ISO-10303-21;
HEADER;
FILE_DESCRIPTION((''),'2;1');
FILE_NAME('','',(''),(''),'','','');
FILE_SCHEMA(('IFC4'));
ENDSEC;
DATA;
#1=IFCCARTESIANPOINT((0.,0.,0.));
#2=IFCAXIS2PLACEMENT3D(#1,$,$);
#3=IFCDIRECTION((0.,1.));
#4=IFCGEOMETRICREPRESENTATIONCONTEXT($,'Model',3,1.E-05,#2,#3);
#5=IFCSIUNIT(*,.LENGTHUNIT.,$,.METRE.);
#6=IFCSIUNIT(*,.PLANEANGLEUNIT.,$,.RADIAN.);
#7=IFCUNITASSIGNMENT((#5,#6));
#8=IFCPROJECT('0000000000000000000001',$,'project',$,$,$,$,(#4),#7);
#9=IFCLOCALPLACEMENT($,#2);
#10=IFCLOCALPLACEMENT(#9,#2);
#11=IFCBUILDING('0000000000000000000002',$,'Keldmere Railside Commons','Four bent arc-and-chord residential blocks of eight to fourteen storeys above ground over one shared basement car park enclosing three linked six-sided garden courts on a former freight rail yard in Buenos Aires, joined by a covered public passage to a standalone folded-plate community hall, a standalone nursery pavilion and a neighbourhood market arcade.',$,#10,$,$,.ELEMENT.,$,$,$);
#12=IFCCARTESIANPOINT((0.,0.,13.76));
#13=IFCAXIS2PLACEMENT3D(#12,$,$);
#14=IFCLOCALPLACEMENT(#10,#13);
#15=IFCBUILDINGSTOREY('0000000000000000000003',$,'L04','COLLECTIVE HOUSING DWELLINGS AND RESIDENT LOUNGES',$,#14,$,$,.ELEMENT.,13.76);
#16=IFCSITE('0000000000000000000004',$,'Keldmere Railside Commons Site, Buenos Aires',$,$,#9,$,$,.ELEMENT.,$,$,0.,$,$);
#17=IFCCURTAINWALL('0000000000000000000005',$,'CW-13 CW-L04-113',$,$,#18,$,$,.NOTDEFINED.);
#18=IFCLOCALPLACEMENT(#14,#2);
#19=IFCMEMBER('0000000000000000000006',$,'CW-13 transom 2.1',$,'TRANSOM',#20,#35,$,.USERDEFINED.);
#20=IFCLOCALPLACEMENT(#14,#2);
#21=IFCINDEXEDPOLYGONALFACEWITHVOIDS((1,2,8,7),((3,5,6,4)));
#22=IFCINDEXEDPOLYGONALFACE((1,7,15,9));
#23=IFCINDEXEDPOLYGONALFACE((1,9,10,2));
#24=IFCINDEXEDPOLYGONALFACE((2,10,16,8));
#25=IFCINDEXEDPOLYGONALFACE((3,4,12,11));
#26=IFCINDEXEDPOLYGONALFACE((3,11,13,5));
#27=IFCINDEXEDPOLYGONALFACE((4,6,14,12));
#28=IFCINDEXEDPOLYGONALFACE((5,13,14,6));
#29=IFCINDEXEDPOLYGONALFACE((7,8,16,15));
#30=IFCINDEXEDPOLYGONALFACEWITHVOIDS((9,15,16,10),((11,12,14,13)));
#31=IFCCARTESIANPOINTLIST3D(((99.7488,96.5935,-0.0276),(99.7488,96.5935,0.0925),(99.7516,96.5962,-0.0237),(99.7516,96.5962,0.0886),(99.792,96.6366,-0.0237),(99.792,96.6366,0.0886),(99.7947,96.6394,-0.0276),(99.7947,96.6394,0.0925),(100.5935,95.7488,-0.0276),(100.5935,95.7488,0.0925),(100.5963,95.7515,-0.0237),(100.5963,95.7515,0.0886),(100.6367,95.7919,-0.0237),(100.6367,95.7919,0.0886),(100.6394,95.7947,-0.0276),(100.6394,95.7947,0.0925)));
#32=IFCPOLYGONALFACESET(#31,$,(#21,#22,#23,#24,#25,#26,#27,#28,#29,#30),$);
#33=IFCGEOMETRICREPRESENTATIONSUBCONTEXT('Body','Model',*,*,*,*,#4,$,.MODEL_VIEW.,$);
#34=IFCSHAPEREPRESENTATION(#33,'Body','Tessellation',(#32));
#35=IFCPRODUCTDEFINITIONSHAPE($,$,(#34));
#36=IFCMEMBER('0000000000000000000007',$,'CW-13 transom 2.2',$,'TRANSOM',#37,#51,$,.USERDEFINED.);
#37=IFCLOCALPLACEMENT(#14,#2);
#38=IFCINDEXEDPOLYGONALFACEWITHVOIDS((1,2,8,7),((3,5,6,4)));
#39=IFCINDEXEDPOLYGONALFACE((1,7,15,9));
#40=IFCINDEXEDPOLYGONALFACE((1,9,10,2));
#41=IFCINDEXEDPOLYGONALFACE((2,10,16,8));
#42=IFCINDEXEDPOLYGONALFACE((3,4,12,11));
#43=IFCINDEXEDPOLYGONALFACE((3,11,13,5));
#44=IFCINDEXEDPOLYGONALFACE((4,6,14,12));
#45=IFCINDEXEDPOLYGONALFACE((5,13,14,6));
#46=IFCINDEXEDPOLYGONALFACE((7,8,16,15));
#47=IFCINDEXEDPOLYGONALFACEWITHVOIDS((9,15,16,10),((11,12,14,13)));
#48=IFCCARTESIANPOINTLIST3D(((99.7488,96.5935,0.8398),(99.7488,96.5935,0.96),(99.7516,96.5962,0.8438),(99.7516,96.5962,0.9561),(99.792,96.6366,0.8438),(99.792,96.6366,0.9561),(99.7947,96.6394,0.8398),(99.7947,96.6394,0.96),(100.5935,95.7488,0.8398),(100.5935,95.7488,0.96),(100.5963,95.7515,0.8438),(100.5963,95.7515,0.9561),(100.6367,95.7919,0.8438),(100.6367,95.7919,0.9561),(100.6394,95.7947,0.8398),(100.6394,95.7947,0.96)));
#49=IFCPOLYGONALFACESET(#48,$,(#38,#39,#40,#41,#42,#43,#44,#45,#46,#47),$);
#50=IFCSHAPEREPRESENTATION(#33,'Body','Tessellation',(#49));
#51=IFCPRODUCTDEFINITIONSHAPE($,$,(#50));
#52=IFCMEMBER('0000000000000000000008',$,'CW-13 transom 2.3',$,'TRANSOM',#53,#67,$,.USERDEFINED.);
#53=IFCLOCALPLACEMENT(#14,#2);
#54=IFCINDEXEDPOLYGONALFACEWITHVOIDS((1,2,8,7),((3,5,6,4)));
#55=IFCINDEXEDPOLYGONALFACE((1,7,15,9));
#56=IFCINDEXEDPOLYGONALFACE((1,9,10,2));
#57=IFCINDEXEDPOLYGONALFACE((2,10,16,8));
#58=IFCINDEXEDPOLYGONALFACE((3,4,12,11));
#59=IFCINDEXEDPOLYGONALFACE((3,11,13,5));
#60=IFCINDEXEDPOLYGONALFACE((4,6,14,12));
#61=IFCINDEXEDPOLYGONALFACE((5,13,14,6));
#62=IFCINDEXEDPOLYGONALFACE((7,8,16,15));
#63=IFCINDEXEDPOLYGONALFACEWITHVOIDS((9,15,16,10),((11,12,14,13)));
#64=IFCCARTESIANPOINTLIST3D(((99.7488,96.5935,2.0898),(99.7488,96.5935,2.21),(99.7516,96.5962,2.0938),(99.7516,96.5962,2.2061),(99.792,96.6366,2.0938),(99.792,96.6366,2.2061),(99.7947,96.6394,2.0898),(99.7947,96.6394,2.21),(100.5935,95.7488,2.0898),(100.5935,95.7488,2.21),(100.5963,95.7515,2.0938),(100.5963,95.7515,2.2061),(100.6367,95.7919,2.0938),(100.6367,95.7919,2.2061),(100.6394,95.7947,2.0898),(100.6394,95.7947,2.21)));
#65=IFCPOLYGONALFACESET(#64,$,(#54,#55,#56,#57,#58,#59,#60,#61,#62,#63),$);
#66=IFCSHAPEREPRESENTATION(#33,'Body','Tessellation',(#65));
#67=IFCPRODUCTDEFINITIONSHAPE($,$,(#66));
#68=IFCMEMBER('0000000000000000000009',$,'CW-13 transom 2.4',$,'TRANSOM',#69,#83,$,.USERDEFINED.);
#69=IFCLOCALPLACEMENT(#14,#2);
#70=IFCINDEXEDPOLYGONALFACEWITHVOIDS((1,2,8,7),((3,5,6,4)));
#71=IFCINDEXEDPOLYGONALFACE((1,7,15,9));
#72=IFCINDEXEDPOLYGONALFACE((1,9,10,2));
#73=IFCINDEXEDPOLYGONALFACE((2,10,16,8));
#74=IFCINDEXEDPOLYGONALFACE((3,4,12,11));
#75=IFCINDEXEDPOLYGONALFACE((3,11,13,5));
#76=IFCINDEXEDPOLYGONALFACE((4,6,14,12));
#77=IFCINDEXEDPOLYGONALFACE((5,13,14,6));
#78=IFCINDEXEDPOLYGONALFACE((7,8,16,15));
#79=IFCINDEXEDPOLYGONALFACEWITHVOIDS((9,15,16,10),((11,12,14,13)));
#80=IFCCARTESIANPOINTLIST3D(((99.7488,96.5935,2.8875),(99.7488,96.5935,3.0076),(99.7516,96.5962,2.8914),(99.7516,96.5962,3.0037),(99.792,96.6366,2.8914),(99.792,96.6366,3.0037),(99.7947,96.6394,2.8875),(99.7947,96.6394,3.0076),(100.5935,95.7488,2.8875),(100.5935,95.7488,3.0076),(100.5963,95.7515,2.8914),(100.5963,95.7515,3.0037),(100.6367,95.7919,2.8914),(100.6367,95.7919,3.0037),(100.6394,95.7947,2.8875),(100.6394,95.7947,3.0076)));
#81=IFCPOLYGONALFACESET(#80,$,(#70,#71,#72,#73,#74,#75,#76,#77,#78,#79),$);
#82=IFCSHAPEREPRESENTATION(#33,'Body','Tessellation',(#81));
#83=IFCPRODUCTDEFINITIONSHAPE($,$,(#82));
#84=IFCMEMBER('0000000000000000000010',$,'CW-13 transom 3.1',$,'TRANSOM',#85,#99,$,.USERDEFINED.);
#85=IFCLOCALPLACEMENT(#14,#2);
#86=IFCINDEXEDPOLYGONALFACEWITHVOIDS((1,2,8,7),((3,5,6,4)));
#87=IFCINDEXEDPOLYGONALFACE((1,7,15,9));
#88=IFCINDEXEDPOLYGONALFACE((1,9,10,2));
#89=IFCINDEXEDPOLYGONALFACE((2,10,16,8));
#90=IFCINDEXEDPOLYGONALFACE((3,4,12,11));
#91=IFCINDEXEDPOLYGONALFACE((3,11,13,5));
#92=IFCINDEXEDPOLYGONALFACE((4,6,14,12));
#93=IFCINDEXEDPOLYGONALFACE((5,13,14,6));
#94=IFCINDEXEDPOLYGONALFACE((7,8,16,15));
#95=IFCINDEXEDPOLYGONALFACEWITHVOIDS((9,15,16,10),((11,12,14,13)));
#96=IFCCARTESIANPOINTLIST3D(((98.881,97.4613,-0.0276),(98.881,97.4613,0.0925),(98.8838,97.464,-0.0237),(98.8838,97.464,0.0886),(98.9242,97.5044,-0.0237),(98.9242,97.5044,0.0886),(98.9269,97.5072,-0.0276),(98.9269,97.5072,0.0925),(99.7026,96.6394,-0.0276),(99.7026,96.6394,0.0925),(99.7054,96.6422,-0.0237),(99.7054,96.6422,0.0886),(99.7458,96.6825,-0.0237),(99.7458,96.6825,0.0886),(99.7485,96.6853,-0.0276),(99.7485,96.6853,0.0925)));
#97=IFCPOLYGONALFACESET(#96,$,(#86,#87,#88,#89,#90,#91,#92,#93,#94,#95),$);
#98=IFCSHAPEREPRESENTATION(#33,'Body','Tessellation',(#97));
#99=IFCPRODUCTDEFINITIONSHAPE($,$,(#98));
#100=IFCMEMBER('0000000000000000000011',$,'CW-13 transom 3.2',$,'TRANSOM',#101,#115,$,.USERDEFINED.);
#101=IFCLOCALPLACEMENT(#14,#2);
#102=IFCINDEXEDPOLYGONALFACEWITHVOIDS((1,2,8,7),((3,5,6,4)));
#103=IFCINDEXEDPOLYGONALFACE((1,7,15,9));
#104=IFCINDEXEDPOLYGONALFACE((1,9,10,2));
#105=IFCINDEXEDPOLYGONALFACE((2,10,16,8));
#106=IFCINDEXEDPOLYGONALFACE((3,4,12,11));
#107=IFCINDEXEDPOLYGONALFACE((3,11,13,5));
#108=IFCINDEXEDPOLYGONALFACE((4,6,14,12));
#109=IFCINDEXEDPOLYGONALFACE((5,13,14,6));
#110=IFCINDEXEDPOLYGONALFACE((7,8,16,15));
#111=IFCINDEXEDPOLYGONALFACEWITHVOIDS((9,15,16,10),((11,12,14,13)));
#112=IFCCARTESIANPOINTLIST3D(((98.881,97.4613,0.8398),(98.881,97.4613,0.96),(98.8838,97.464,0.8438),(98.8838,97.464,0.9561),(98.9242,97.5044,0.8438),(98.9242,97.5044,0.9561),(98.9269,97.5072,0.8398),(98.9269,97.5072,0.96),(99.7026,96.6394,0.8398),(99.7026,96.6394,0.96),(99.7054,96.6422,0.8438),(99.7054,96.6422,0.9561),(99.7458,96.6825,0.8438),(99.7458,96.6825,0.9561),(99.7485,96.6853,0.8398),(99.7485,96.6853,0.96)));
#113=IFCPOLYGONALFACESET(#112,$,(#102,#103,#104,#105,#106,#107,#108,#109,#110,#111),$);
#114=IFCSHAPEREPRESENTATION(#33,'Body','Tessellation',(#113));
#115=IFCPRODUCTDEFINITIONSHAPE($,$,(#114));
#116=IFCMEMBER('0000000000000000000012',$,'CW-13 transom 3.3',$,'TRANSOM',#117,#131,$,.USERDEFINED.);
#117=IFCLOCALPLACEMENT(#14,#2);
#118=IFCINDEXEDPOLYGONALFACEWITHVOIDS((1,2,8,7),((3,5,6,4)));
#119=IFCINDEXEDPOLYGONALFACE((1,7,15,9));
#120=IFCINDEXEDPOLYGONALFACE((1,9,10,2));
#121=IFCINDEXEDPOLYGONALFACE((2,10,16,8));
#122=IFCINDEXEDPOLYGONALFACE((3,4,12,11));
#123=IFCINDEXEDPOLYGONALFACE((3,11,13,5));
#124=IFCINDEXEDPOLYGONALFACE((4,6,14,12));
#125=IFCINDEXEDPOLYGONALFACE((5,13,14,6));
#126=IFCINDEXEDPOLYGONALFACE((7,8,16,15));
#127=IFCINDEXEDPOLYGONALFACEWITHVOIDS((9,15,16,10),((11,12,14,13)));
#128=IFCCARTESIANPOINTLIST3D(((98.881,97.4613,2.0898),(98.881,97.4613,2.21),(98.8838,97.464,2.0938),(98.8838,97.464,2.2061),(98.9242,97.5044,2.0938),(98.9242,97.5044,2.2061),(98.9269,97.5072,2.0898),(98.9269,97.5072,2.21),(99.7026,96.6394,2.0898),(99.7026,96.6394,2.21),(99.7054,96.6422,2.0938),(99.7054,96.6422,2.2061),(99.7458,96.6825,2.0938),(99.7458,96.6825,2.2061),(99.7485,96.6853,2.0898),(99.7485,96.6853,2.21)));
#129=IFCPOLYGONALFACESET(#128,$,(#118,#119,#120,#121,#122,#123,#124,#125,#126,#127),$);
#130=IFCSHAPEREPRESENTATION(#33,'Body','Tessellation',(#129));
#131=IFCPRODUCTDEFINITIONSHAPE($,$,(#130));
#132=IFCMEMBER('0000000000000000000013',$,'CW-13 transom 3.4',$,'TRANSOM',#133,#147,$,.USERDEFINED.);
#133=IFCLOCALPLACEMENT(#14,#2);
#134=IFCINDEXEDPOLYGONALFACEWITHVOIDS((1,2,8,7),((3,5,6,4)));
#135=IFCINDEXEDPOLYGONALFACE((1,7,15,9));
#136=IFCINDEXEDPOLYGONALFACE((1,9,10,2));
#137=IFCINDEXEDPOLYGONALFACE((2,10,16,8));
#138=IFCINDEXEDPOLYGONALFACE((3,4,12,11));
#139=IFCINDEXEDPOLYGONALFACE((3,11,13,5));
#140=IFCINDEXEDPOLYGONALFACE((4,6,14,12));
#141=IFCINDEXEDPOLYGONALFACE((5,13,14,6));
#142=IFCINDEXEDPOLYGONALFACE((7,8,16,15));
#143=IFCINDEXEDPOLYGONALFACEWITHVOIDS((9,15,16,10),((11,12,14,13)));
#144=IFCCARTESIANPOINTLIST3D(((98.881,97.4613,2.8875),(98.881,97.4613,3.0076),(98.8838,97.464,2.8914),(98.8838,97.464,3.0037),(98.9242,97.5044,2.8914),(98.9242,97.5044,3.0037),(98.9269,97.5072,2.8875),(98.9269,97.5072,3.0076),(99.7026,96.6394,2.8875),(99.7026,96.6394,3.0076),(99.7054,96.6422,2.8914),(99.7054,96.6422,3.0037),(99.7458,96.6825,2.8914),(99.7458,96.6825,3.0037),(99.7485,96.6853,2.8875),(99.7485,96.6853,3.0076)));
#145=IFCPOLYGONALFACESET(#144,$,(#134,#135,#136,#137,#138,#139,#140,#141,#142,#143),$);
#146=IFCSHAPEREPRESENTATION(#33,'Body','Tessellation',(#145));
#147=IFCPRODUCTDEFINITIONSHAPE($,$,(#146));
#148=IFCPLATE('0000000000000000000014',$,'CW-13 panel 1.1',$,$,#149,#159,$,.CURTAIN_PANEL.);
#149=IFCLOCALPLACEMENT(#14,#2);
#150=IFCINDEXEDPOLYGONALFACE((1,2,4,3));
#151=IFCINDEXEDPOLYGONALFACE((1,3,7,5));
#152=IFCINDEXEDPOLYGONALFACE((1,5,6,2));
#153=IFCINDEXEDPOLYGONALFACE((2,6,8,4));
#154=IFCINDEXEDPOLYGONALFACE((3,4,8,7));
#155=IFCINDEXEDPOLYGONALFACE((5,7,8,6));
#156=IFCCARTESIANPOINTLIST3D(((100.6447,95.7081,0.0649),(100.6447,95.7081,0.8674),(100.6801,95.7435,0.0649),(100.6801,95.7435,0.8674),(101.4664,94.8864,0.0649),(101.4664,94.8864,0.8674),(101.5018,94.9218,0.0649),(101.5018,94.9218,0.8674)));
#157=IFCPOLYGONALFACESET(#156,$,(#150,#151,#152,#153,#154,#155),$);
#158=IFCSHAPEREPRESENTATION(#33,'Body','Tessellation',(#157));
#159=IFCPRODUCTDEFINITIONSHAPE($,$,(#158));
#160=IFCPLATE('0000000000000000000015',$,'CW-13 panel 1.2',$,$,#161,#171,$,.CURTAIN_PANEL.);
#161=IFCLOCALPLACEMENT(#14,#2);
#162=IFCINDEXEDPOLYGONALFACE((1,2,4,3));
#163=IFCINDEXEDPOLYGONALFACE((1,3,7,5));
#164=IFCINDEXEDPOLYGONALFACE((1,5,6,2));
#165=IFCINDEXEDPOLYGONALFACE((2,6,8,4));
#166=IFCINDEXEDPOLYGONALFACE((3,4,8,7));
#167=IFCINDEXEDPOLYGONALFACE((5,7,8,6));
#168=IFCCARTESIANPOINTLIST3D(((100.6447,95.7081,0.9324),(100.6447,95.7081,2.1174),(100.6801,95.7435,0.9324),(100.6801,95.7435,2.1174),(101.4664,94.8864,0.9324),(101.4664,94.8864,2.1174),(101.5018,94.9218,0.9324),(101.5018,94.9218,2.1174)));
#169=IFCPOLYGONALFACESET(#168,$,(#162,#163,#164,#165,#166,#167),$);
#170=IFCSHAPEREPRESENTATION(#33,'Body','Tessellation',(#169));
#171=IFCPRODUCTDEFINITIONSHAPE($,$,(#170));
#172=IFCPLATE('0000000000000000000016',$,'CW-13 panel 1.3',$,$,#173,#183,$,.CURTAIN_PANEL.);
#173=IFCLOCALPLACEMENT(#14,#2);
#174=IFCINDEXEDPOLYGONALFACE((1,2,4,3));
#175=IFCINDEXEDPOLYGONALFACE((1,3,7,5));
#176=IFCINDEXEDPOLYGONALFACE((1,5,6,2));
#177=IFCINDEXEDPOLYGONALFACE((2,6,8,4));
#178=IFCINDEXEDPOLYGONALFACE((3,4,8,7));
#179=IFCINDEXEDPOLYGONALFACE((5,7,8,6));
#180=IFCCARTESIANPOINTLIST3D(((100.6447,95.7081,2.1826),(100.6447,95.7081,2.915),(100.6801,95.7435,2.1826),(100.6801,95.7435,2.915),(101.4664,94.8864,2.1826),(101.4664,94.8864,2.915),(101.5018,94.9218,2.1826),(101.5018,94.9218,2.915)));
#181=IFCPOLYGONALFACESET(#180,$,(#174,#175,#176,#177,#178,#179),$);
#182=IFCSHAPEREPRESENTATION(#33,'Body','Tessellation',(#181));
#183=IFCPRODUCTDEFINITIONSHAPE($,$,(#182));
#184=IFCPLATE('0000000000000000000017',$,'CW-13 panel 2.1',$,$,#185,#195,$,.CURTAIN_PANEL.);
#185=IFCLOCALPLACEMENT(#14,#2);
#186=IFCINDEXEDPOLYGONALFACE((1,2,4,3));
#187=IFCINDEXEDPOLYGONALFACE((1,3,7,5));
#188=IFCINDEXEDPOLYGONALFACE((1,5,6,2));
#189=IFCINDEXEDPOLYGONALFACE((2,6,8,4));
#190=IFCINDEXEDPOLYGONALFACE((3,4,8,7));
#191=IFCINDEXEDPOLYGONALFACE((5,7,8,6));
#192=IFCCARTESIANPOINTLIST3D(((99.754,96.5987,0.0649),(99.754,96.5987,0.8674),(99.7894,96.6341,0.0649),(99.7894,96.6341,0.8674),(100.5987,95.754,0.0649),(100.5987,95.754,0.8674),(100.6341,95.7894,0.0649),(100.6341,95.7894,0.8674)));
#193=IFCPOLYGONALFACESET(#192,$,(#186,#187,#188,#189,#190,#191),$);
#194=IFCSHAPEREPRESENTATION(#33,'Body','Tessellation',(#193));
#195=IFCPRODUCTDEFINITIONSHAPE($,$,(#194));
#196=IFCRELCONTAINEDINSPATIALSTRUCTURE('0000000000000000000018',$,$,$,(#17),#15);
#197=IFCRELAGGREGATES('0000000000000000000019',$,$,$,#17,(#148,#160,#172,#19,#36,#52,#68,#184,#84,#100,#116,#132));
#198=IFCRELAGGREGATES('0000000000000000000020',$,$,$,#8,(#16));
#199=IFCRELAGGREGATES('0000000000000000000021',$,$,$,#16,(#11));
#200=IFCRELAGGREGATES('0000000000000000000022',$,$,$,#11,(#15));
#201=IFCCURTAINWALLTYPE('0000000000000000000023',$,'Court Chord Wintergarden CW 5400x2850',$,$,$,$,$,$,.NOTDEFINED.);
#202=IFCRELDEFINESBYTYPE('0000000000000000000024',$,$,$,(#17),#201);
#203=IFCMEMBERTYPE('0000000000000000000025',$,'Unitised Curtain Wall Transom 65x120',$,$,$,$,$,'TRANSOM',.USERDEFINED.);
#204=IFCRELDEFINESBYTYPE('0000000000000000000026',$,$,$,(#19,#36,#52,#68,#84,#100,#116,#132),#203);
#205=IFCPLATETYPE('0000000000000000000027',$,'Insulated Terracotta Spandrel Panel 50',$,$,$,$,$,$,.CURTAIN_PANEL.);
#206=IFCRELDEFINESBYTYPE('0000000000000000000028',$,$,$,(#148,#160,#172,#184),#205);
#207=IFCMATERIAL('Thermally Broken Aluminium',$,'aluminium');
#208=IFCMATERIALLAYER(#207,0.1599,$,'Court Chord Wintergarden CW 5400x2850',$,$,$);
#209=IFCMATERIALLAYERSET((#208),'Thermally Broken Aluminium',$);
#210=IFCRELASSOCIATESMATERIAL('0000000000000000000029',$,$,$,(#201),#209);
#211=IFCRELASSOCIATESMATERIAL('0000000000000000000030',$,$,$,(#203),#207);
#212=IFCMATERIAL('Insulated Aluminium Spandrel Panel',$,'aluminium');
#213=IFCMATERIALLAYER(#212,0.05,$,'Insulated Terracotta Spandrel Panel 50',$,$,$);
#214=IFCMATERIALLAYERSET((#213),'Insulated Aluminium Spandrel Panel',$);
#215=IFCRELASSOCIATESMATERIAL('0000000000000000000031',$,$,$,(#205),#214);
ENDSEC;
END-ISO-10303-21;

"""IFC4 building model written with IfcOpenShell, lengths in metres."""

from ifc_helpers import new_model, si_unit, direction, frame, origin, origin_2d, place, context, subcontext, project, spatial, rectangle, hollow_rectangle, extrude, material, layer, layer_set, material_profile, profile_set, type_object, element, aggregate, save


model = new_model("IFC4")

# Units and contexts
model_context = context("Model", 3, precision=1e-05, world=origin(), true_north=direction((0.0, 1.0)))
body_context = subcontext(model_context, "Body", "Model", "MODEL_VIEW")
ifc_project = project(units=[si_unit("LENGTHUNIT", "METRE"), si_unit("PLANEANGLEUNIT", "RADIAN")], contexts=[model_context])

# Site, building, storey
site_placement = place(None, origin())
site = spatial("IfcSite", under=ifc_project, at=site_placement, Name="Keldmere Railside Commons Site, Buenos Aires", CompositionType="ELEMENT", RefElevation=0.0)
building_placement = place(site_placement, origin())
building = spatial("IfcBuilding", under=site, at=building_placement, Name="Keldmere Railside Commons", Description="Four bent arc-and-chord residential blocks of eight to fourteen storeys above ground over one shared basement car park enclosing three linked six-sided garden courts on a former freight rail yard in Buenos Aires, joined by a covered public passage to a standalone folded-plate community hall, a standalone nursery pavilion and a neighbourhood market arcade.", CompositionType="ELEMENT")
storey_placement = place(building_placement, frame((0.0, 0.0, 13.76)))
storey = spatial("IfcBuildingStorey", under=building, at=storey_placement, Name="L04", Description="COLLECTIVE HOUSING DWELLINGS AND RESIDENT LOUNGES", CompositionType="ELEMENT", Elevation=13.76)

# Shared definitions
ifc_material_1 = material(Name="Thermally Broken Aluminium", Category="aluminium")

# Curtain wall
ifc_layer_1 = layer(ifc_material_1, 0.1599, Name="Court Chord Wintergarden CW 5400x2850")
ifc_layer_set_1 = layer_set([ifc_layer_1], Name="Thermally Broken Aluminium")
curtain_wall_type_1 = type_object("IfcCurtainWallType", Name="Court Chord Wintergarden CW 5400x2850", PredefinedType="NOTDEFINED", material=ifc_layer_set_1)
curtain_wall_1_placement = place(storey_placement, origin())
curtain_wall_1 = element("IfcCurtainWall", 1, at=curtain_wall_1_placement, inside=storey, type_object=curtain_wall_type_1, Name="CW-13 CW-L04-113", PredefinedType="NOTDEFINED")

# Members
ifc_material_profile_1 = material_profile(ifc_material_1, hollow_rectangle(XDim=0.0649, YDim=0.1201, WallThickness=0.0039, at=origin_2d()), Name="ALU-TRAN-65x120")
ifc_profile_set_1 = profile_set([ifc_material_profile_1], Name="Thermally Broken Aluminium")
member_type_1 = type_object("IfcMemberType", Name="Unitised Curtain Wall Transom 65x120", ElementType="TRANSOM", PredefinedType="USERDEFINED", material=ifc_profile_set_1)
member_1_placement = place(storey_placement, frame((100.6165, 95.7717, 0.0325), z_axis=(-0.707107, 0.707107, 0.0), x_axis=(-0.707107, -0.707107, 0.0)))
member_1 = element("IfcMember", 2, at=member_1_placement, type_object=member_type_1, Name="CW-13 transom 2.1", ObjectType="TRANSOM", PredefinedType="USERDEFINED", context=body_context, shape_type="SweptSolid", body=[
    extrude(hollow_rectangle(XDim=0.0649, YDim=0.1201, WallThickness=0.0039, at=origin_2d()), origin(), (0.0, 0.0, 1.0), 1.1946),
])
member_2_placement = place(storey_placement, frame((100.6165, 95.7717, 0.8999), z_axis=(-0.707107, 0.707107, 0.0), x_axis=(-0.707107, -0.707107, 0.0)))
member_2 = element("IfcMember", 3, at=member_2_placement, type_object=member_type_1, Name="CW-13 transom 2.2", ObjectType="TRANSOM", PredefinedType="USERDEFINED", context=body_context, shape_type="SweptSolid", body=[
    extrude(hollow_rectangle(XDim=0.0649, YDim=0.1201, WallThickness=0.0039, at=origin_2d()), origin(), (0.0, 0.0, 1.0), 1.1946),
])
member_3_placement = place(storey_placement, frame((100.6165, 95.7717, 2.1499), z_axis=(-0.707107, 0.707107, 0.0), x_axis=(-0.707107, -0.707107, 0.0)))
member_3 = element("IfcMember", 4, at=member_3_placement, type_object=member_type_1, Name="CW-13 transom 2.3", ObjectType="TRANSOM", PredefinedType="USERDEFINED", context=body_context, shape_type="SweptSolid", body=[
    extrude(hollow_rectangle(XDim=0.0649, YDim=0.1201, WallThickness=0.0039, at=origin_2d()), origin(), (0.0, 0.0, 1.0), 1.1946),
])
member_4_placement = place(storey_placement, frame((100.6165, 95.7717, 2.9475), z_axis=(-0.707107, 0.707107, 0.0), x_axis=(-0.707107, -0.707107, 0.0)))
member_4 = element("IfcMember", 5, at=member_4_placement, type_object=member_type_1, Name="CW-13 transom 2.4", ObjectType="TRANSOM", PredefinedType="USERDEFINED", context=body_context, shape_type="SweptSolid", body=[
    extrude(hollow_rectangle(XDim=0.0649, YDim=0.1201, WallThickness=0.0039, at=origin_2d()), origin(), (0.0, 0.0, 1.0), 1.1946),
])
member_5_placement = place(storey_placement, frame((99.7256, 96.6624, 0.0325), z_axis=(-0.707002, 0.707212, 0.0), x_axis=(-0.707212, -0.707002, 0.0)))
member_5 = element("IfcMember", 6, at=member_5_placement, type_object=member_type_1, Name="CW-13 transom 3.1", ObjectType="TRANSOM", PredefinedType="USERDEFINED", context=body_context, shape_type="SweptSolid", body=[
    extrude(hollow_rectangle(XDim=0.0649, YDim=0.1201, WallThickness=0.0039, at=origin_2d()), origin(), (0.0, 0.0, 1.0), 1.1621),
])
member_6_placement = place(storey_placement, frame((99.7256, 96.6624, 0.8999), z_axis=(-0.707002, 0.707212, 0.0), x_axis=(-0.707212, -0.707002, 0.0)))
member_6 = element("IfcMember", 7, at=member_6_placement, type_object=member_type_1, Name="CW-13 transom 3.2", ObjectType="TRANSOM", PredefinedType="USERDEFINED", context=body_context, shape_type="SweptSolid", body=[
    extrude(hollow_rectangle(XDim=0.0649, YDim=0.1201, WallThickness=0.0039, at=origin_2d()), origin(), (0.0, 0.0, 1.0), 1.1621),
])
member_7_placement = place(storey_placement, frame((99.7256, 96.6624, 2.1499), z_axis=(-0.707002, 0.707212, 0.0), x_axis=(-0.707212, -0.707002, 0.0)))
member_7 = element("IfcMember", 8, at=member_7_placement, type_object=member_type_1, Name="CW-13 transom 3.3", ObjectType="TRANSOM", PredefinedType="USERDEFINED", context=body_context, shape_type="SweptSolid", body=[
    extrude(hollow_rectangle(XDim=0.0649, YDim=0.1201, WallThickness=0.0039, at=origin_2d()), origin(), (0.0, 0.0, 1.0), 1.1621),
])
member_8_placement = place(storey_placement, frame((99.7256, 96.6624, 2.9475), z_axis=(-0.707002, 0.707212, 0.0), x_axis=(-0.707212, -0.707002, 0.0)))
member_8 = element("IfcMember", 9, at=member_8_placement, type_object=member_type_1, Name="CW-13 transom 3.4", ObjectType="TRANSOM", PredefinedType="USERDEFINED", context=body_context, shape_type="SweptSolid", body=[
    extrude(hollow_rectangle(XDim=0.0649, YDim=0.1201, WallThickness=0.0039, at=origin_2d()), origin(), (0.0, 0.0, 1.0), 1.1621),
])

# Plates
ifc_material_2 = material(Name="Insulated Aluminium Spandrel Panel", Category="aluminium")
ifc_layer_2 = layer(ifc_material_2, 0.05, Name="Insulated Terracotta Spandrel Panel 50")
ifc_layer_set_2 = layer_set([ifc_layer_2], Name="Insulated Aluminium Spandrel Panel")
plate_type = type_object("IfcPlateType", Name="Insulated Terracotta Spandrel Panel 50", PredefinedType="CURTAIN_PANEL", material=ifc_layer_set_2)
plate_1_placement = place(storey_placement, frame((101.0732, 95.3149, 0.0649), z_axis=(0.0, 0.0, 1.0), x_axis=(-0.707107, 0.707107, 0.0)))
plate_1 = element("IfcPlate", 10, at=plate_1_placement, type_object=plate_type, Name="CW-13 panel 1.1", PredefinedType="CURTAIN_PANEL", context=body_context, shape_type="SweptSolid", body=[
    extrude(rectangle(XDim=1.1621, YDim=0.05, at=origin_2d()), origin(), (0.0, 0.0, 1.0), 0.8025),
])
plate_2_placement = place(storey_placement, frame((101.0732, 95.3149, 0.9324), z_axis=(0.0, 0.0, 1.0), x_axis=(-0.707107, 0.707107, 0.0)))
plate_2 = element("IfcPlate", 11, at=plate_2_placement, type_object=plate_type, Name="CW-13 panel 1.2", PredefinedType="CURTAIN_PANEL", context=body_context, shape_type="SweptSolid", body=[
    extrude(rectangle(XDim=1.1621, YDim=0.05, at=origin_2d()), origin(), (0.0, 0.0, 1.0), 1.1851),
])
plate_3_placement = place(storey_placement, frame((101.0732, 95.3149, 2.1826), z_axis=(0.0, 0.0, 1.0), x_axis=(-0.707107, 0.707107, 0.0)))
plate_3 = element("IfcPlate", 12, at=plate_3_placement, type_object=plate_type, Name="CW-13 panel 1.3", PredefinedType="CURTAIN_PANEL", context=body_context, shape_type="SweptSolid", body=[
    extrude(rectangle(XDim=1.1621, YDim=0.05, at=origin_2d()), origin(), (0.0, 0.0, 1.0), 0.7324),
])
plate_4_placement = place(storey_placement, frame((100.1941, 96.1941, 0.0649), z_axis=(0.0, 0.0, 1.0), x_axis=(-0.707107, 0.707107, 0.0)))
plate_4 = element("IfcPlate", 13, at=plate_4_placement, type_object=plate_type, Name="CW-13 panel 2.1", PredefinedType="CURTAIN_PANEL", context=body_context, shape_type="SweptSolid", body=[
    extrude(rectangle(XDim=1.1946, YDim=0.05, at=origin_2d()), origin(), (0.0, 0.0, 1.0), 0.8025),
])
aggregate(curtain_wall_1, [plate_1, plate_2, plate_3, member_1, member_2, member_3, member_4, plate_4, member_5, member_6, member_7, member_8])

save(model, "model.ifc")
